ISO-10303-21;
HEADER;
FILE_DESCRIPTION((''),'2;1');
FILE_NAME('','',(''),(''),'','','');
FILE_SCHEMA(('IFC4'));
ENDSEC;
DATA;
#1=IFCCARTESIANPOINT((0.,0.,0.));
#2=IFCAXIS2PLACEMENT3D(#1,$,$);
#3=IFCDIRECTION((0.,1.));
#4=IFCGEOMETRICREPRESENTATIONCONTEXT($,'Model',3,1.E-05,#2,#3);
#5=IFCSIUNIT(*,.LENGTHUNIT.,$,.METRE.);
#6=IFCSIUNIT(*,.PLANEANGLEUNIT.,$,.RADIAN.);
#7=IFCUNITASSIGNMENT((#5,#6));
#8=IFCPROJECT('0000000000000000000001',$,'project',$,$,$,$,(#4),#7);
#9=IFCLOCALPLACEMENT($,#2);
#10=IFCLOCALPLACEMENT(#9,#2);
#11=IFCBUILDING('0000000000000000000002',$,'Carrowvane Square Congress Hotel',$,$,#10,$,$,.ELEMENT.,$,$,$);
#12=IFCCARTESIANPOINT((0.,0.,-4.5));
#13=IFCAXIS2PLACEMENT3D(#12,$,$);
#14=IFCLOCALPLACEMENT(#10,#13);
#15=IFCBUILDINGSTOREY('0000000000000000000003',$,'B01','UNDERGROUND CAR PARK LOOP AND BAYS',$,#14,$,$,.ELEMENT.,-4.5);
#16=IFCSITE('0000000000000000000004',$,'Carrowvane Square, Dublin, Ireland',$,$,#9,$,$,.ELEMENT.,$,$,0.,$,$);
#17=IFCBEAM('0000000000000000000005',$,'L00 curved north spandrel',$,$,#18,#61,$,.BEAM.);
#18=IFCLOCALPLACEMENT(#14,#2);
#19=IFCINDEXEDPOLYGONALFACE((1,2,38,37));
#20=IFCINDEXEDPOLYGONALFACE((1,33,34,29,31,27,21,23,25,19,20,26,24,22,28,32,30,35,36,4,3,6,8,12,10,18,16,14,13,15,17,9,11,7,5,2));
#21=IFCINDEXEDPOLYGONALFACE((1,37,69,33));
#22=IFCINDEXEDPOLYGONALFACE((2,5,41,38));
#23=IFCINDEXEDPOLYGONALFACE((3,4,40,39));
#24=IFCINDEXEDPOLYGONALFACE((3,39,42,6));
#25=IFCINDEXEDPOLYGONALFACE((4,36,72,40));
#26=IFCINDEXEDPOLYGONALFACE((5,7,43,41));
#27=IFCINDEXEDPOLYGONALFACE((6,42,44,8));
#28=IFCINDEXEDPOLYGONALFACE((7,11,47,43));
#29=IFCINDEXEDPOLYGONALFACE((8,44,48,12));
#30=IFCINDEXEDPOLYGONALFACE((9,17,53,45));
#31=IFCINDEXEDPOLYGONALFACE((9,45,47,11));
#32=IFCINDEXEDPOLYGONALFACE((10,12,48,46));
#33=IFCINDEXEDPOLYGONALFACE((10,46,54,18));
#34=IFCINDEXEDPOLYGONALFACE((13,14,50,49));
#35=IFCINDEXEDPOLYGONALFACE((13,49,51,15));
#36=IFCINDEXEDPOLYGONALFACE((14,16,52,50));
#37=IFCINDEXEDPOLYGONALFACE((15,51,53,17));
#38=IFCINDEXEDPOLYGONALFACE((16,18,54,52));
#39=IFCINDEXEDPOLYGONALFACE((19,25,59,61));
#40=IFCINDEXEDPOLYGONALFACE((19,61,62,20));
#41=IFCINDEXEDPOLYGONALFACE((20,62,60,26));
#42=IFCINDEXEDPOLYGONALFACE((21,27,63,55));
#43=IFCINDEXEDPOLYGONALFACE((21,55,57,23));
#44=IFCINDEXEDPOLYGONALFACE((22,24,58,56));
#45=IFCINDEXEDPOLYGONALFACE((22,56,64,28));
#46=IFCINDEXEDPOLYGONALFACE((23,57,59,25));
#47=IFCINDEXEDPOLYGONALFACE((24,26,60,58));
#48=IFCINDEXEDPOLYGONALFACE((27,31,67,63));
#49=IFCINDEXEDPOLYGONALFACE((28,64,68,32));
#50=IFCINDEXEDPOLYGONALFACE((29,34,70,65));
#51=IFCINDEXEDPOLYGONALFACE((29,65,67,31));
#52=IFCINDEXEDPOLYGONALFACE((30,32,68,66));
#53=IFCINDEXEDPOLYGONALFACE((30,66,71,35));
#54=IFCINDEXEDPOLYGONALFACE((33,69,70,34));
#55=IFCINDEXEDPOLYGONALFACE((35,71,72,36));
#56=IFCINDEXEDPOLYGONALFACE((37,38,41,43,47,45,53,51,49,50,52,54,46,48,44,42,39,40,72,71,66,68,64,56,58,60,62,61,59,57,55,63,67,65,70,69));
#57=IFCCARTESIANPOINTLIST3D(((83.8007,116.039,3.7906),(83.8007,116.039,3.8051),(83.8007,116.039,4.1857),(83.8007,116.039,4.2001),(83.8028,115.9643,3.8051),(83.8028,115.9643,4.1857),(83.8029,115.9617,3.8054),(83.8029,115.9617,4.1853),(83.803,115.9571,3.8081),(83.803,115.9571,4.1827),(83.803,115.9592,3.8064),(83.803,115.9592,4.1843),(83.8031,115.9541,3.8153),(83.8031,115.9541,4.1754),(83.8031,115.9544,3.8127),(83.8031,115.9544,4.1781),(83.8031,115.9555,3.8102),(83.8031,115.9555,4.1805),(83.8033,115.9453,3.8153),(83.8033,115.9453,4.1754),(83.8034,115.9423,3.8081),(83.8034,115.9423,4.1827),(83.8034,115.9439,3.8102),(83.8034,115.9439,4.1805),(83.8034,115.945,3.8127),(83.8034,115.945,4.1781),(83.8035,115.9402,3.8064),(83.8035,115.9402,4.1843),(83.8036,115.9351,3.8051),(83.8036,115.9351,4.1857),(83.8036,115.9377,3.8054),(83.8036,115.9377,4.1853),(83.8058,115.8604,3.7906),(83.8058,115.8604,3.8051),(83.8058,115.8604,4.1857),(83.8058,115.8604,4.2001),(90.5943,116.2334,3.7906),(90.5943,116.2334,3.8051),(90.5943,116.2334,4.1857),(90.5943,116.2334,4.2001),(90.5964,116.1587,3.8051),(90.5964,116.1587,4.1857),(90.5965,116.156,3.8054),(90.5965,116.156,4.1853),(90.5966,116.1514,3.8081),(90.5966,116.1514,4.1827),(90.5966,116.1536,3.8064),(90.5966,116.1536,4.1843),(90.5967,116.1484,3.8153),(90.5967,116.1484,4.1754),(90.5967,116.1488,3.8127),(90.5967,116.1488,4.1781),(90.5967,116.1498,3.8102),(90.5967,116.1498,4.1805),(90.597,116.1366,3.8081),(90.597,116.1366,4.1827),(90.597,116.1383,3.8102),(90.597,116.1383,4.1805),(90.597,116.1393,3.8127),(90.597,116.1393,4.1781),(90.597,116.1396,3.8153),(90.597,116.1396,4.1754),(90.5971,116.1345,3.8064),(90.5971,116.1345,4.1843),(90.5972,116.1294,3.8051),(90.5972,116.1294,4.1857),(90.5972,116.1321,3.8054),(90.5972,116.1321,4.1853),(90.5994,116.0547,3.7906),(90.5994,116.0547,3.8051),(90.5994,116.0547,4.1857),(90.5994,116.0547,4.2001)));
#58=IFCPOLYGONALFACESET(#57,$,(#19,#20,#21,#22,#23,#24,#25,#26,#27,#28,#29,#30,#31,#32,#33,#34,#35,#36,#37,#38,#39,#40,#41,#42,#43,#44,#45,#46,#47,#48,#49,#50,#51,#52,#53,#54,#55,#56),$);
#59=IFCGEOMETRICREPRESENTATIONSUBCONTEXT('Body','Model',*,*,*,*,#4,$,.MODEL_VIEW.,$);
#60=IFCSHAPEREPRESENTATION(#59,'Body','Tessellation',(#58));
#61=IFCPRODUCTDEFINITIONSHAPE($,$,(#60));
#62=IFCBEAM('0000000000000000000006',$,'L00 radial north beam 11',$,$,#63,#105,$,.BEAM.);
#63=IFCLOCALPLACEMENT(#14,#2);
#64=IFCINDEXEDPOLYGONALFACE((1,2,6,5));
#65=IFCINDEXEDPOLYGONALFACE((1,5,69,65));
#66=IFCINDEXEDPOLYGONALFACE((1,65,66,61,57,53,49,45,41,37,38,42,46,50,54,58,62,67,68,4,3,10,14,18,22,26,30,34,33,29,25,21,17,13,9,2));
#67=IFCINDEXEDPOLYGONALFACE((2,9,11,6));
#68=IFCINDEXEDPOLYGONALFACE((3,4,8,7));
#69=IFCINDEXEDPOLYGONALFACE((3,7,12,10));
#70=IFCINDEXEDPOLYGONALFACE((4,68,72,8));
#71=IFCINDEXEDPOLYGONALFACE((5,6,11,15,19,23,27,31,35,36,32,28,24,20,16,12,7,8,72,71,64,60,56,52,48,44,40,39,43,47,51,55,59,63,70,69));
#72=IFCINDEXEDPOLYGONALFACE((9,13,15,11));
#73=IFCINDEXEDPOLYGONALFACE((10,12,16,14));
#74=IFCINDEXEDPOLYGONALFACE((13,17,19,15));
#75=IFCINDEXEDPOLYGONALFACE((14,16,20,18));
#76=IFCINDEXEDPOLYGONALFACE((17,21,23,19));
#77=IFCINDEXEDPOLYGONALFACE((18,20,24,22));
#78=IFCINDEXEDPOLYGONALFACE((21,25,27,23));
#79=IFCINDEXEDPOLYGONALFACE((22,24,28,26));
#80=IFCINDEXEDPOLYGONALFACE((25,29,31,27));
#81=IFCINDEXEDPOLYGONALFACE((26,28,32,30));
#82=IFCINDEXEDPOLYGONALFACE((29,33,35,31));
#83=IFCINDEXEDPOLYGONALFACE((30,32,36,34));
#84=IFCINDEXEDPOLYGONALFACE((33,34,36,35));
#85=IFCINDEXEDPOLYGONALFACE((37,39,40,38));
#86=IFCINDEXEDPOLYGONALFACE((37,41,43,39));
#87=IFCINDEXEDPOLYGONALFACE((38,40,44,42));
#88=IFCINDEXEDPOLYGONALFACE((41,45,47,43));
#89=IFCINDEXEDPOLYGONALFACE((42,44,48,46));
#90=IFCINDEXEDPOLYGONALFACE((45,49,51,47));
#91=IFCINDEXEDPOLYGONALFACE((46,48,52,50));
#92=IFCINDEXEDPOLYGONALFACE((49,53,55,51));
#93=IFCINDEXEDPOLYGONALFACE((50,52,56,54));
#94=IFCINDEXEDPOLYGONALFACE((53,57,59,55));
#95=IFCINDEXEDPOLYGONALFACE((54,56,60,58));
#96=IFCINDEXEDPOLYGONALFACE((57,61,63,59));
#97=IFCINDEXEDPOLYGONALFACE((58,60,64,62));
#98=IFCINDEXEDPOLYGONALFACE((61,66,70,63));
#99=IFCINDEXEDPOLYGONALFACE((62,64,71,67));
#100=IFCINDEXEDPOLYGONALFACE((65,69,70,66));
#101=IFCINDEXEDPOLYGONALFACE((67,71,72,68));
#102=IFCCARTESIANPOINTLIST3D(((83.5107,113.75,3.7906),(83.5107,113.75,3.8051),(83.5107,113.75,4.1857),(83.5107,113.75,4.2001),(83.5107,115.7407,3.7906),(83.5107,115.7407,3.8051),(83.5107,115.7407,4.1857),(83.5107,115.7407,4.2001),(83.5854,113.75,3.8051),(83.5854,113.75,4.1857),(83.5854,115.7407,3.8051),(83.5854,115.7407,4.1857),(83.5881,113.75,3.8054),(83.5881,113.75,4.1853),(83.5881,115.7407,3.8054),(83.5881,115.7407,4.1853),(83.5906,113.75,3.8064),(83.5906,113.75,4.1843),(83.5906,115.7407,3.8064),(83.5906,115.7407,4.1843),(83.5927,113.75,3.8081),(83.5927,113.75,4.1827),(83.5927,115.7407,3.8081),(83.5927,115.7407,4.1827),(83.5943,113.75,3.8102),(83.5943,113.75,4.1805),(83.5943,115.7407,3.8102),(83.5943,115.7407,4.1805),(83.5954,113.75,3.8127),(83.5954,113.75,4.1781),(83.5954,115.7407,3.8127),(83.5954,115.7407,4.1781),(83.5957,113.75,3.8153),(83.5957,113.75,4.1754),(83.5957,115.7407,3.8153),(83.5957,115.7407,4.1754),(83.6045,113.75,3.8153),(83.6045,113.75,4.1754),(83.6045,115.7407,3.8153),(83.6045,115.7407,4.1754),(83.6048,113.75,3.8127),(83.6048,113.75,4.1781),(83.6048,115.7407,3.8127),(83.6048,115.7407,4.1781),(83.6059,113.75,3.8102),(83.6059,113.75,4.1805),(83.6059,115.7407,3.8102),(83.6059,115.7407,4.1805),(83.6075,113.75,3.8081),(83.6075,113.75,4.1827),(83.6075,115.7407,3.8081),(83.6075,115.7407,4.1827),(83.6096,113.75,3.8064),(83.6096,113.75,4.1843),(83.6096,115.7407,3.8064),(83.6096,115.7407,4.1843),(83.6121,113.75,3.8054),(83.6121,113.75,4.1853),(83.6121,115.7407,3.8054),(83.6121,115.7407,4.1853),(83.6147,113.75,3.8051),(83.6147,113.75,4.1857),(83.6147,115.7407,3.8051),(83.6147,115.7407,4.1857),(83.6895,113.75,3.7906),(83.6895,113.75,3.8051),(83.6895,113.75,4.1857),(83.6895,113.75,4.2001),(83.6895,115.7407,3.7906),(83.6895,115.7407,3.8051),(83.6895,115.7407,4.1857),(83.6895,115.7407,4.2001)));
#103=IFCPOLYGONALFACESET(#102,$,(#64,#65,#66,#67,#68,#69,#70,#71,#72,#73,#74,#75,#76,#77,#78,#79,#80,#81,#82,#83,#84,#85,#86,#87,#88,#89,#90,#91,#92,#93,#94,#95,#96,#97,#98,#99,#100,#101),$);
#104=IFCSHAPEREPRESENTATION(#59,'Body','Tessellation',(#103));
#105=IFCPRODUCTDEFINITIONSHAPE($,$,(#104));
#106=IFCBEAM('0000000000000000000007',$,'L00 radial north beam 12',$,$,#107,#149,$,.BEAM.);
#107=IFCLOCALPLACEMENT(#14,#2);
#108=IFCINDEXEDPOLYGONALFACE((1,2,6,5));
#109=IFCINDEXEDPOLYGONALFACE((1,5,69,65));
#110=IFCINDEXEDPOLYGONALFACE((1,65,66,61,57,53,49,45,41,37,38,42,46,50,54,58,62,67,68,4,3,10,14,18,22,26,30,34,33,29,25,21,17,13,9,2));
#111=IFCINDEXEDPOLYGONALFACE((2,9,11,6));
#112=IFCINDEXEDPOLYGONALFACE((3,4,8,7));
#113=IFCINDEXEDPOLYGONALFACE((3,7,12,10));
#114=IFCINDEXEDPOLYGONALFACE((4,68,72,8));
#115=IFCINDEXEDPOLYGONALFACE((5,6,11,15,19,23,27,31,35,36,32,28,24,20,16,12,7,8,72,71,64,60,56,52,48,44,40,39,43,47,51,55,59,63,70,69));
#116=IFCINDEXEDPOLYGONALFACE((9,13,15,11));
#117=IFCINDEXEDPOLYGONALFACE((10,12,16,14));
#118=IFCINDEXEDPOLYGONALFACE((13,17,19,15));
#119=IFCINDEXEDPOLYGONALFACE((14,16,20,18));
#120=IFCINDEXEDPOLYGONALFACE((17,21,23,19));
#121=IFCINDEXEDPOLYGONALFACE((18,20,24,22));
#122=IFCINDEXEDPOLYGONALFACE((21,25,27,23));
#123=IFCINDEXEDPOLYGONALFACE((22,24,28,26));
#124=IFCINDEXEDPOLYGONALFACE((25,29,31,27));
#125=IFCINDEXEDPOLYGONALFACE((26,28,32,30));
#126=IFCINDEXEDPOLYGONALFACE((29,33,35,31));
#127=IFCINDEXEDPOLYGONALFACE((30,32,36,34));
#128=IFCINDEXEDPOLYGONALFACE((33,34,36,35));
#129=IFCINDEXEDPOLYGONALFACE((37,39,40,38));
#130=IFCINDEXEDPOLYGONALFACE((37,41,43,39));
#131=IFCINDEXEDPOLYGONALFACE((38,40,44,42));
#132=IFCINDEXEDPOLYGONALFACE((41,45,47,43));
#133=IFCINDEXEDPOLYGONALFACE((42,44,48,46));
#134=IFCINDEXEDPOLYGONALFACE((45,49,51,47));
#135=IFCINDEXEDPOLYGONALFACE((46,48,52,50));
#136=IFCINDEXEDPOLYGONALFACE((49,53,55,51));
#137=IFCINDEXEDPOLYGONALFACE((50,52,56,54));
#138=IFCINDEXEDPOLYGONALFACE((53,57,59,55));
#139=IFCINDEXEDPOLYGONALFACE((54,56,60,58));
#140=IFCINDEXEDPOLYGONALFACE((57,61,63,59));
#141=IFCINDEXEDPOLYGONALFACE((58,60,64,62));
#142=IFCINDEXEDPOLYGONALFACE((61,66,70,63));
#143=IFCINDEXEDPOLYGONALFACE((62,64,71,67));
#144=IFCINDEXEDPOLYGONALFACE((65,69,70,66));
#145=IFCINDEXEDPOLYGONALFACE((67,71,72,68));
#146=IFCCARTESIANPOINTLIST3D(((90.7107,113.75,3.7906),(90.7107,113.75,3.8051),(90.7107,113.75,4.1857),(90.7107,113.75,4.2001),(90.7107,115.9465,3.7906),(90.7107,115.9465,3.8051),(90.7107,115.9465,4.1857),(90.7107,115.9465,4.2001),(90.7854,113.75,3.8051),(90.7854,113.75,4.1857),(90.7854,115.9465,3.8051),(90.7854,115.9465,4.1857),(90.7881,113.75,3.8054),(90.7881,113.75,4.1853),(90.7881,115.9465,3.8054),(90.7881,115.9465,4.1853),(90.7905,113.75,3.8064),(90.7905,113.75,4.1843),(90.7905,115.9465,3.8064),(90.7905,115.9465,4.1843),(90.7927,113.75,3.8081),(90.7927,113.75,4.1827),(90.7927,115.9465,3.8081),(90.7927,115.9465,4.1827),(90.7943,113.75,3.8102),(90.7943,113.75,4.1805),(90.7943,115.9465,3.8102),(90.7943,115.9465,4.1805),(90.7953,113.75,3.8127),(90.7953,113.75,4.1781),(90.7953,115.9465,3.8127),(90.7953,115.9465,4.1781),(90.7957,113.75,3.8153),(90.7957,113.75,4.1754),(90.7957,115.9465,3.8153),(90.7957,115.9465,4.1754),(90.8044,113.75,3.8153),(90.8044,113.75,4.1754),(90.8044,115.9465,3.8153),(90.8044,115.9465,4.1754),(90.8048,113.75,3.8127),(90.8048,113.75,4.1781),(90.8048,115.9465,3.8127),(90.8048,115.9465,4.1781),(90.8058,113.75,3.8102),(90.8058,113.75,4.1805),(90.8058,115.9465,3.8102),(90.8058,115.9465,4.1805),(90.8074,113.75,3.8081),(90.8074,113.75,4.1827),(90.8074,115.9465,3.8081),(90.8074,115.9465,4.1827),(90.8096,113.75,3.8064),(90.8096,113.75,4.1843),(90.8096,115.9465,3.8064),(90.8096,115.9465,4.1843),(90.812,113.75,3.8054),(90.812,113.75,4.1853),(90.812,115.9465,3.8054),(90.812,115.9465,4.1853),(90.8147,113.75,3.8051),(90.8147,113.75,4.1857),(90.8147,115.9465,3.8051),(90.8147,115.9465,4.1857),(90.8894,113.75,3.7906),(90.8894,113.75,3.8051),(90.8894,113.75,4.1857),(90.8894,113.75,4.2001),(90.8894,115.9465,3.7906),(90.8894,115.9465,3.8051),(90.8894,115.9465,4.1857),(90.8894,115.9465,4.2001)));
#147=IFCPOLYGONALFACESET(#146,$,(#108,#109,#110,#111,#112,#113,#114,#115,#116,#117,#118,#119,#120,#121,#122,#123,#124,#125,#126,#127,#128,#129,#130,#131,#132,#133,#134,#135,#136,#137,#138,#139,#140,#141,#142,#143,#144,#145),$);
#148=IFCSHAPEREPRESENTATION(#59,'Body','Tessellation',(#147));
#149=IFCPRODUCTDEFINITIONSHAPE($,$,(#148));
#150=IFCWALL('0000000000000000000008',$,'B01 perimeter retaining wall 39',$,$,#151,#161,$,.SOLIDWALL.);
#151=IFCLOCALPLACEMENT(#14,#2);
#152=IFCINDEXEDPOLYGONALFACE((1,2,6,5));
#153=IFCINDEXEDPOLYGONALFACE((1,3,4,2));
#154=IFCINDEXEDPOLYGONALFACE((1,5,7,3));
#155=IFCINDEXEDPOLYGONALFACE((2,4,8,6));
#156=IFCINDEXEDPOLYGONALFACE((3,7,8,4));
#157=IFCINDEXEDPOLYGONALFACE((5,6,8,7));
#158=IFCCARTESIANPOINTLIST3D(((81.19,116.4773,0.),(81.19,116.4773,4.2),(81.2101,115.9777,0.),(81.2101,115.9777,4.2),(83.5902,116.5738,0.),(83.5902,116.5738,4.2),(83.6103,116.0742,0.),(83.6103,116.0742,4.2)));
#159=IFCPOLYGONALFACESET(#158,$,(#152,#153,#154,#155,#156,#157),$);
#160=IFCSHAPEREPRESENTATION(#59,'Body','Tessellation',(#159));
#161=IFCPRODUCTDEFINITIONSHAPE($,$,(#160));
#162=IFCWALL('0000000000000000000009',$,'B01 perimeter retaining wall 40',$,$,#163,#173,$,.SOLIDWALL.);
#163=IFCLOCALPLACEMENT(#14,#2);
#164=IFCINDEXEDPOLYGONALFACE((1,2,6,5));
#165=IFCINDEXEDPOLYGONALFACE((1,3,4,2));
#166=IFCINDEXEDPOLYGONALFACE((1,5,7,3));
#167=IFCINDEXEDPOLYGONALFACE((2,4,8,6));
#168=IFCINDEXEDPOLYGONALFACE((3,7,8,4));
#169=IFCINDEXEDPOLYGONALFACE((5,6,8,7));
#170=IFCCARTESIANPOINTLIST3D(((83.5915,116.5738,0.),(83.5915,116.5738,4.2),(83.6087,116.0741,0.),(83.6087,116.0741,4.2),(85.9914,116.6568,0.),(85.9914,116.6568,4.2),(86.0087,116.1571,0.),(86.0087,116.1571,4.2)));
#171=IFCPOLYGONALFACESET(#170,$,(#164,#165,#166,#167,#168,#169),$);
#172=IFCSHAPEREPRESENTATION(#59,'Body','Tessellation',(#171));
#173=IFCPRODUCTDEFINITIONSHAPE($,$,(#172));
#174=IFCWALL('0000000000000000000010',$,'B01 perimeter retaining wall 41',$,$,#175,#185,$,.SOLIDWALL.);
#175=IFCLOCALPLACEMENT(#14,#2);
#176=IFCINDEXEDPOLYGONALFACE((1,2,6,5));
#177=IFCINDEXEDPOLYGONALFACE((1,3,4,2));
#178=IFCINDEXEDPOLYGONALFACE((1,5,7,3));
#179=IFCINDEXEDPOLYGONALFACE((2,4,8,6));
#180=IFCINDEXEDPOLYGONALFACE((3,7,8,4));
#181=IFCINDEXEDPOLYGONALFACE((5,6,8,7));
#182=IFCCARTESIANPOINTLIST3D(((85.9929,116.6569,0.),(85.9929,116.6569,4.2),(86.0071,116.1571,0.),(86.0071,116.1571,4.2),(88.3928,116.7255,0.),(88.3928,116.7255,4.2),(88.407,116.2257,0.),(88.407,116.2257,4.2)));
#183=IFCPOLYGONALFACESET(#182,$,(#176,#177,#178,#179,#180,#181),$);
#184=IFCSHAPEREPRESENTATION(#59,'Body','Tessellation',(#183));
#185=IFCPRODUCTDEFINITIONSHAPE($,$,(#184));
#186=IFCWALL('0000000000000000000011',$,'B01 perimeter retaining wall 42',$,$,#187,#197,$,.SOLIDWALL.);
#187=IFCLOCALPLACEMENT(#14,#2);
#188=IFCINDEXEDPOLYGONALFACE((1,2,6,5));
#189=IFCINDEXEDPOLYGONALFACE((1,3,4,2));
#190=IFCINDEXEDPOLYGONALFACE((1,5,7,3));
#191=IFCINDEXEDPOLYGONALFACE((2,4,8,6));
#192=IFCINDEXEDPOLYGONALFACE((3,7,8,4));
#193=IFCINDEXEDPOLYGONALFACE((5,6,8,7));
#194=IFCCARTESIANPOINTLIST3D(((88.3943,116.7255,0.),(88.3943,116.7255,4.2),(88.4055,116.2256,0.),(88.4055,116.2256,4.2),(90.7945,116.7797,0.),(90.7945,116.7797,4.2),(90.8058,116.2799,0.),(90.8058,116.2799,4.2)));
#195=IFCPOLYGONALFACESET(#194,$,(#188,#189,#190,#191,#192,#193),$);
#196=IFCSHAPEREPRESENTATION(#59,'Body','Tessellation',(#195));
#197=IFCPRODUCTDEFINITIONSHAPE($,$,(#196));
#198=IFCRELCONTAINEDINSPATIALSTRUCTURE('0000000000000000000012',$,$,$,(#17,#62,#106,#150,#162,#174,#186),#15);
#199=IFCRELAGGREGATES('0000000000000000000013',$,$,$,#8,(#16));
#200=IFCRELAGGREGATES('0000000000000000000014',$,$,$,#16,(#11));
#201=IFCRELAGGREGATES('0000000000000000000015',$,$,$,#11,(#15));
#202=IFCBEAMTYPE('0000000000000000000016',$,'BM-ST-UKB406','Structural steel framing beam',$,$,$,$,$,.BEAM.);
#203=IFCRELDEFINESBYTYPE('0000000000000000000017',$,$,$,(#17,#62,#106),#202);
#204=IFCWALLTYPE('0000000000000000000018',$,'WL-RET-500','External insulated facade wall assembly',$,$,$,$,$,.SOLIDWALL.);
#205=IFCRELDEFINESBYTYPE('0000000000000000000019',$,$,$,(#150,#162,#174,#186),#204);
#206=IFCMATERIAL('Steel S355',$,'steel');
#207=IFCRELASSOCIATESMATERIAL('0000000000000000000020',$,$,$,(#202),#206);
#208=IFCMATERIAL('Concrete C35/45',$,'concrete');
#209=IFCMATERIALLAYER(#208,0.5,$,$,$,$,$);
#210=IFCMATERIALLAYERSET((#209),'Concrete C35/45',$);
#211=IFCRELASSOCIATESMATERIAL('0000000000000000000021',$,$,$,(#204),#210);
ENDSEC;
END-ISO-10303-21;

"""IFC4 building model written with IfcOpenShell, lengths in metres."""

from ifc_helpers import new_model, si_unit, direction, frame, frame_2d, origin, origin_2d, place, context, subcontext, project, spatial, rectangle, i_section, extrude, material, layer, layer_set, material_profile, profile_set, type_object, element, save


model = new_model("IFC4")

# Units and contexts
model_context = context("Model", 3, precision=1e-05, world=origin(), true_north=direction((0.0, 1.0)))
body_context = subcontext(model_context, "Body", "Model", "MODEL_VIEW")
ifc_project = project(units=[si_unit("LENGTHUNIT", "METRE"), si_unit("PLANEANGLEUNIT", "RADIAN")], contexts=[model_context])

# Site, building, storey
site_placement = place(None, origin())
site = spatial("IfcSite", under=ifc_project, at=site_placement, Name="Carrowvane Square, Dublin, Ireland", CompositionType="ELEMENT", RefElevation=0.0)
building_placement = place(site_placement, origin())
building = spatial("IfcBuilding", under=site, at=building_placement, Name="Carrowvane Square Congress Hotel", CompositionType="ELEMENT")
storey_placement = place(building_placement, frame((0.0, 0.0, -4.5)))
storey = spatial("IfcBuildingStorey", under=building, at=storey_placement, Name="B01", Description="UNDERGROUND CAR PARK LOOP AND BAYS", CompositionType="ELEMENT", Elevation=-4.5)

# Beams
ifc_material_1 = material(Name="Steel S355", Category="steel")
ifc_material_profile_1 = material_profile(ifc_material_1, i_section(OverallWidth=0.1787, OverallDepth=0.4094, WebThickness=0.0088, FlangeThickness=0.0144, FilletRadius=0.0103, at=origin_2d()), Name="UKB 406x178x67")
ifc_profile_set_1 = profile_set([ifc_material_profile_1], Name="Steel S355")
beam_type_1 = type_object("IfcBeamType", Name="BM-ST-UKB406", Description="Structural steel framing beam", PredefinedType="BEAM", material=ifc_profile_set_1)
beam_1_placement = place(storey_placement, frame((83.8032, 115.9497, 3.9954), z_axis=(0.999591, 0.028594, 0.0), x_axis=(-0.028594, 0.999591, 0.0)))
element("IfcBeam", 1, at=beam_1_placement, inside=storey, type_object=beam_type_1, Name="L00 curved north spandrel", PredefinedType="BEAM", context=body_context, shape_type="SweptSolid", body=[
    extrude(i_section(OverallWidth=0.1787, OverallDepth=0.4094, WebThickness=0.0088, FlangeThickness=0.0144, FilletRadius=0.0103, at=origin_2d()), origin(), (0.0, 0.0, 1.0), 6.7964),
])
beam_2_placement = place(storey_placement, frame((83.6001, 113.75, 3.9954), z_axis=(0.0, 1.0, 0.0), x_axis=(-1.0, 0.0, 0.0)))
element("IfcBeam", 2, at=beam_2_placement, inside=storey, type_object=beam_type_1, Name="L00 radial north beam 11", PredefinedType="BEAM", context=body_context, shape_type="SweptSolid", body=[
    extrude(i_section(OverallWidth=0.1787, OverallDepth=0.4094, WebThickness=0.0088, FlangeThickness=0.0144, FilletRadius=0.0103, at=origin_2d()), origin(), (0.0, 0.0, 1.0), 1.9907),
])
beam_3_placement = place(storey_placement, frame((90.8, 113.75, 3.9954), z_axis=(0.0, 1.0, 0.0), x_axis=(-1.0, 0.0, 0.0)))
element("IfcBeam", 3, at=beam_3_placement, inside=storey, type_object=beam_type_1, Name="L00 radial north beam 12", PredefinedType="BEAM", context=body_context, shape_type="SweptSolid", body=[
    extrude(i_section(OverallWidth=0.1787, OverallDepth=0.4094, WebThickness=0.0088, FlangeThickness=0.0144, FilletRadius=0.0103, at=origin_2d()), origin(), (0.0, 0.0, 1.0), 2.1965),
])

# Walls
ifc_material_2 = material(Name="Concrete C35/45", Category="concrete")
ifc_layer = layer(ifc_material_2, 0.5)
ifc_layer_set = layer_set([ifc_layer], Name="Concrete C35/45")
wall_type = type_object("IfcWallType", Name="WL-RET-500", Description="External insulated facade wall assembly", PredefinedType="SOLIDWALL", material=ifc_layer_set)
wall_1_placement = place(storey_placement, frame((81.2, 116.2275, 0.0), z_axis=(0.0, 0.0, 1.0), x_axis=(0.999194, 0.040147, 0.0)))
element("IfcWall", 4, at=wall_1_placement, inside=storey, type_object=wall_type, Name="B01 perimeter retaining wall 39", PredefinedType="SOLIDWALL", context=body_context, shape_type="SweptSolid", body=[
    extrude(rectangle(XDim=2.4021, YDim=0.5, at=frame_2d((1.2012, 0.0))), origin(), (0.0, 0.0, 1.0), 4.2),
])
wall_2_placement = place(storey_placement, frame((83.6001, 116.324, 0.0), z_axis=(0.0, 0.0, 1.0), x_axis=(0.999402, 0.034567, 0.0)))
element("IfcWall", 5, at=wall_2_placement, inside=storey, type_object=wall_type, Name="B01 perimeter retaining wall 40", PredefinedType="SOLIDWALL", context=body_context, shape_type="SweptSolid", body=[
    extrude(rectangle(XDim=2.4014, YDim=0.5, at=frame_2d((1.2007, 0.0))), origin(), (0.0, 0.0, 1.0), 4.2),
])
for number, where, z_axis, x_axis, name in (
    (6, (86.0, 116.407, 0.0), (0.0, 0.0, 1.0), (0.999592, 0.028574, 0.0), "B01 perimeter retaining wall 41"),
    (7, (88.3999, 116.4756, 0.0), (0.0, 0.0, 1.0), (0.999745, 0.022576, 0.0), "B01 perimeter retaining wall 42"),
):
    element("IfcWall", number, at=place(storey_placement, frame(where, z_axis=z_axis, x_axis=x_axis)), inside=storey, type_object=wall_type, Name=name, PredefinedType="SOLIDWALL", context=body_context, shape_type="SweptSolid", body=[
        extrude(rectangle(XDim=2.4009, YDim=0.5, at=frame_2d((1.2004, 0.0))), origin(), (0.0, 0.0, 1.0), 4.2),
    ])

save(model, "model.ifc")
